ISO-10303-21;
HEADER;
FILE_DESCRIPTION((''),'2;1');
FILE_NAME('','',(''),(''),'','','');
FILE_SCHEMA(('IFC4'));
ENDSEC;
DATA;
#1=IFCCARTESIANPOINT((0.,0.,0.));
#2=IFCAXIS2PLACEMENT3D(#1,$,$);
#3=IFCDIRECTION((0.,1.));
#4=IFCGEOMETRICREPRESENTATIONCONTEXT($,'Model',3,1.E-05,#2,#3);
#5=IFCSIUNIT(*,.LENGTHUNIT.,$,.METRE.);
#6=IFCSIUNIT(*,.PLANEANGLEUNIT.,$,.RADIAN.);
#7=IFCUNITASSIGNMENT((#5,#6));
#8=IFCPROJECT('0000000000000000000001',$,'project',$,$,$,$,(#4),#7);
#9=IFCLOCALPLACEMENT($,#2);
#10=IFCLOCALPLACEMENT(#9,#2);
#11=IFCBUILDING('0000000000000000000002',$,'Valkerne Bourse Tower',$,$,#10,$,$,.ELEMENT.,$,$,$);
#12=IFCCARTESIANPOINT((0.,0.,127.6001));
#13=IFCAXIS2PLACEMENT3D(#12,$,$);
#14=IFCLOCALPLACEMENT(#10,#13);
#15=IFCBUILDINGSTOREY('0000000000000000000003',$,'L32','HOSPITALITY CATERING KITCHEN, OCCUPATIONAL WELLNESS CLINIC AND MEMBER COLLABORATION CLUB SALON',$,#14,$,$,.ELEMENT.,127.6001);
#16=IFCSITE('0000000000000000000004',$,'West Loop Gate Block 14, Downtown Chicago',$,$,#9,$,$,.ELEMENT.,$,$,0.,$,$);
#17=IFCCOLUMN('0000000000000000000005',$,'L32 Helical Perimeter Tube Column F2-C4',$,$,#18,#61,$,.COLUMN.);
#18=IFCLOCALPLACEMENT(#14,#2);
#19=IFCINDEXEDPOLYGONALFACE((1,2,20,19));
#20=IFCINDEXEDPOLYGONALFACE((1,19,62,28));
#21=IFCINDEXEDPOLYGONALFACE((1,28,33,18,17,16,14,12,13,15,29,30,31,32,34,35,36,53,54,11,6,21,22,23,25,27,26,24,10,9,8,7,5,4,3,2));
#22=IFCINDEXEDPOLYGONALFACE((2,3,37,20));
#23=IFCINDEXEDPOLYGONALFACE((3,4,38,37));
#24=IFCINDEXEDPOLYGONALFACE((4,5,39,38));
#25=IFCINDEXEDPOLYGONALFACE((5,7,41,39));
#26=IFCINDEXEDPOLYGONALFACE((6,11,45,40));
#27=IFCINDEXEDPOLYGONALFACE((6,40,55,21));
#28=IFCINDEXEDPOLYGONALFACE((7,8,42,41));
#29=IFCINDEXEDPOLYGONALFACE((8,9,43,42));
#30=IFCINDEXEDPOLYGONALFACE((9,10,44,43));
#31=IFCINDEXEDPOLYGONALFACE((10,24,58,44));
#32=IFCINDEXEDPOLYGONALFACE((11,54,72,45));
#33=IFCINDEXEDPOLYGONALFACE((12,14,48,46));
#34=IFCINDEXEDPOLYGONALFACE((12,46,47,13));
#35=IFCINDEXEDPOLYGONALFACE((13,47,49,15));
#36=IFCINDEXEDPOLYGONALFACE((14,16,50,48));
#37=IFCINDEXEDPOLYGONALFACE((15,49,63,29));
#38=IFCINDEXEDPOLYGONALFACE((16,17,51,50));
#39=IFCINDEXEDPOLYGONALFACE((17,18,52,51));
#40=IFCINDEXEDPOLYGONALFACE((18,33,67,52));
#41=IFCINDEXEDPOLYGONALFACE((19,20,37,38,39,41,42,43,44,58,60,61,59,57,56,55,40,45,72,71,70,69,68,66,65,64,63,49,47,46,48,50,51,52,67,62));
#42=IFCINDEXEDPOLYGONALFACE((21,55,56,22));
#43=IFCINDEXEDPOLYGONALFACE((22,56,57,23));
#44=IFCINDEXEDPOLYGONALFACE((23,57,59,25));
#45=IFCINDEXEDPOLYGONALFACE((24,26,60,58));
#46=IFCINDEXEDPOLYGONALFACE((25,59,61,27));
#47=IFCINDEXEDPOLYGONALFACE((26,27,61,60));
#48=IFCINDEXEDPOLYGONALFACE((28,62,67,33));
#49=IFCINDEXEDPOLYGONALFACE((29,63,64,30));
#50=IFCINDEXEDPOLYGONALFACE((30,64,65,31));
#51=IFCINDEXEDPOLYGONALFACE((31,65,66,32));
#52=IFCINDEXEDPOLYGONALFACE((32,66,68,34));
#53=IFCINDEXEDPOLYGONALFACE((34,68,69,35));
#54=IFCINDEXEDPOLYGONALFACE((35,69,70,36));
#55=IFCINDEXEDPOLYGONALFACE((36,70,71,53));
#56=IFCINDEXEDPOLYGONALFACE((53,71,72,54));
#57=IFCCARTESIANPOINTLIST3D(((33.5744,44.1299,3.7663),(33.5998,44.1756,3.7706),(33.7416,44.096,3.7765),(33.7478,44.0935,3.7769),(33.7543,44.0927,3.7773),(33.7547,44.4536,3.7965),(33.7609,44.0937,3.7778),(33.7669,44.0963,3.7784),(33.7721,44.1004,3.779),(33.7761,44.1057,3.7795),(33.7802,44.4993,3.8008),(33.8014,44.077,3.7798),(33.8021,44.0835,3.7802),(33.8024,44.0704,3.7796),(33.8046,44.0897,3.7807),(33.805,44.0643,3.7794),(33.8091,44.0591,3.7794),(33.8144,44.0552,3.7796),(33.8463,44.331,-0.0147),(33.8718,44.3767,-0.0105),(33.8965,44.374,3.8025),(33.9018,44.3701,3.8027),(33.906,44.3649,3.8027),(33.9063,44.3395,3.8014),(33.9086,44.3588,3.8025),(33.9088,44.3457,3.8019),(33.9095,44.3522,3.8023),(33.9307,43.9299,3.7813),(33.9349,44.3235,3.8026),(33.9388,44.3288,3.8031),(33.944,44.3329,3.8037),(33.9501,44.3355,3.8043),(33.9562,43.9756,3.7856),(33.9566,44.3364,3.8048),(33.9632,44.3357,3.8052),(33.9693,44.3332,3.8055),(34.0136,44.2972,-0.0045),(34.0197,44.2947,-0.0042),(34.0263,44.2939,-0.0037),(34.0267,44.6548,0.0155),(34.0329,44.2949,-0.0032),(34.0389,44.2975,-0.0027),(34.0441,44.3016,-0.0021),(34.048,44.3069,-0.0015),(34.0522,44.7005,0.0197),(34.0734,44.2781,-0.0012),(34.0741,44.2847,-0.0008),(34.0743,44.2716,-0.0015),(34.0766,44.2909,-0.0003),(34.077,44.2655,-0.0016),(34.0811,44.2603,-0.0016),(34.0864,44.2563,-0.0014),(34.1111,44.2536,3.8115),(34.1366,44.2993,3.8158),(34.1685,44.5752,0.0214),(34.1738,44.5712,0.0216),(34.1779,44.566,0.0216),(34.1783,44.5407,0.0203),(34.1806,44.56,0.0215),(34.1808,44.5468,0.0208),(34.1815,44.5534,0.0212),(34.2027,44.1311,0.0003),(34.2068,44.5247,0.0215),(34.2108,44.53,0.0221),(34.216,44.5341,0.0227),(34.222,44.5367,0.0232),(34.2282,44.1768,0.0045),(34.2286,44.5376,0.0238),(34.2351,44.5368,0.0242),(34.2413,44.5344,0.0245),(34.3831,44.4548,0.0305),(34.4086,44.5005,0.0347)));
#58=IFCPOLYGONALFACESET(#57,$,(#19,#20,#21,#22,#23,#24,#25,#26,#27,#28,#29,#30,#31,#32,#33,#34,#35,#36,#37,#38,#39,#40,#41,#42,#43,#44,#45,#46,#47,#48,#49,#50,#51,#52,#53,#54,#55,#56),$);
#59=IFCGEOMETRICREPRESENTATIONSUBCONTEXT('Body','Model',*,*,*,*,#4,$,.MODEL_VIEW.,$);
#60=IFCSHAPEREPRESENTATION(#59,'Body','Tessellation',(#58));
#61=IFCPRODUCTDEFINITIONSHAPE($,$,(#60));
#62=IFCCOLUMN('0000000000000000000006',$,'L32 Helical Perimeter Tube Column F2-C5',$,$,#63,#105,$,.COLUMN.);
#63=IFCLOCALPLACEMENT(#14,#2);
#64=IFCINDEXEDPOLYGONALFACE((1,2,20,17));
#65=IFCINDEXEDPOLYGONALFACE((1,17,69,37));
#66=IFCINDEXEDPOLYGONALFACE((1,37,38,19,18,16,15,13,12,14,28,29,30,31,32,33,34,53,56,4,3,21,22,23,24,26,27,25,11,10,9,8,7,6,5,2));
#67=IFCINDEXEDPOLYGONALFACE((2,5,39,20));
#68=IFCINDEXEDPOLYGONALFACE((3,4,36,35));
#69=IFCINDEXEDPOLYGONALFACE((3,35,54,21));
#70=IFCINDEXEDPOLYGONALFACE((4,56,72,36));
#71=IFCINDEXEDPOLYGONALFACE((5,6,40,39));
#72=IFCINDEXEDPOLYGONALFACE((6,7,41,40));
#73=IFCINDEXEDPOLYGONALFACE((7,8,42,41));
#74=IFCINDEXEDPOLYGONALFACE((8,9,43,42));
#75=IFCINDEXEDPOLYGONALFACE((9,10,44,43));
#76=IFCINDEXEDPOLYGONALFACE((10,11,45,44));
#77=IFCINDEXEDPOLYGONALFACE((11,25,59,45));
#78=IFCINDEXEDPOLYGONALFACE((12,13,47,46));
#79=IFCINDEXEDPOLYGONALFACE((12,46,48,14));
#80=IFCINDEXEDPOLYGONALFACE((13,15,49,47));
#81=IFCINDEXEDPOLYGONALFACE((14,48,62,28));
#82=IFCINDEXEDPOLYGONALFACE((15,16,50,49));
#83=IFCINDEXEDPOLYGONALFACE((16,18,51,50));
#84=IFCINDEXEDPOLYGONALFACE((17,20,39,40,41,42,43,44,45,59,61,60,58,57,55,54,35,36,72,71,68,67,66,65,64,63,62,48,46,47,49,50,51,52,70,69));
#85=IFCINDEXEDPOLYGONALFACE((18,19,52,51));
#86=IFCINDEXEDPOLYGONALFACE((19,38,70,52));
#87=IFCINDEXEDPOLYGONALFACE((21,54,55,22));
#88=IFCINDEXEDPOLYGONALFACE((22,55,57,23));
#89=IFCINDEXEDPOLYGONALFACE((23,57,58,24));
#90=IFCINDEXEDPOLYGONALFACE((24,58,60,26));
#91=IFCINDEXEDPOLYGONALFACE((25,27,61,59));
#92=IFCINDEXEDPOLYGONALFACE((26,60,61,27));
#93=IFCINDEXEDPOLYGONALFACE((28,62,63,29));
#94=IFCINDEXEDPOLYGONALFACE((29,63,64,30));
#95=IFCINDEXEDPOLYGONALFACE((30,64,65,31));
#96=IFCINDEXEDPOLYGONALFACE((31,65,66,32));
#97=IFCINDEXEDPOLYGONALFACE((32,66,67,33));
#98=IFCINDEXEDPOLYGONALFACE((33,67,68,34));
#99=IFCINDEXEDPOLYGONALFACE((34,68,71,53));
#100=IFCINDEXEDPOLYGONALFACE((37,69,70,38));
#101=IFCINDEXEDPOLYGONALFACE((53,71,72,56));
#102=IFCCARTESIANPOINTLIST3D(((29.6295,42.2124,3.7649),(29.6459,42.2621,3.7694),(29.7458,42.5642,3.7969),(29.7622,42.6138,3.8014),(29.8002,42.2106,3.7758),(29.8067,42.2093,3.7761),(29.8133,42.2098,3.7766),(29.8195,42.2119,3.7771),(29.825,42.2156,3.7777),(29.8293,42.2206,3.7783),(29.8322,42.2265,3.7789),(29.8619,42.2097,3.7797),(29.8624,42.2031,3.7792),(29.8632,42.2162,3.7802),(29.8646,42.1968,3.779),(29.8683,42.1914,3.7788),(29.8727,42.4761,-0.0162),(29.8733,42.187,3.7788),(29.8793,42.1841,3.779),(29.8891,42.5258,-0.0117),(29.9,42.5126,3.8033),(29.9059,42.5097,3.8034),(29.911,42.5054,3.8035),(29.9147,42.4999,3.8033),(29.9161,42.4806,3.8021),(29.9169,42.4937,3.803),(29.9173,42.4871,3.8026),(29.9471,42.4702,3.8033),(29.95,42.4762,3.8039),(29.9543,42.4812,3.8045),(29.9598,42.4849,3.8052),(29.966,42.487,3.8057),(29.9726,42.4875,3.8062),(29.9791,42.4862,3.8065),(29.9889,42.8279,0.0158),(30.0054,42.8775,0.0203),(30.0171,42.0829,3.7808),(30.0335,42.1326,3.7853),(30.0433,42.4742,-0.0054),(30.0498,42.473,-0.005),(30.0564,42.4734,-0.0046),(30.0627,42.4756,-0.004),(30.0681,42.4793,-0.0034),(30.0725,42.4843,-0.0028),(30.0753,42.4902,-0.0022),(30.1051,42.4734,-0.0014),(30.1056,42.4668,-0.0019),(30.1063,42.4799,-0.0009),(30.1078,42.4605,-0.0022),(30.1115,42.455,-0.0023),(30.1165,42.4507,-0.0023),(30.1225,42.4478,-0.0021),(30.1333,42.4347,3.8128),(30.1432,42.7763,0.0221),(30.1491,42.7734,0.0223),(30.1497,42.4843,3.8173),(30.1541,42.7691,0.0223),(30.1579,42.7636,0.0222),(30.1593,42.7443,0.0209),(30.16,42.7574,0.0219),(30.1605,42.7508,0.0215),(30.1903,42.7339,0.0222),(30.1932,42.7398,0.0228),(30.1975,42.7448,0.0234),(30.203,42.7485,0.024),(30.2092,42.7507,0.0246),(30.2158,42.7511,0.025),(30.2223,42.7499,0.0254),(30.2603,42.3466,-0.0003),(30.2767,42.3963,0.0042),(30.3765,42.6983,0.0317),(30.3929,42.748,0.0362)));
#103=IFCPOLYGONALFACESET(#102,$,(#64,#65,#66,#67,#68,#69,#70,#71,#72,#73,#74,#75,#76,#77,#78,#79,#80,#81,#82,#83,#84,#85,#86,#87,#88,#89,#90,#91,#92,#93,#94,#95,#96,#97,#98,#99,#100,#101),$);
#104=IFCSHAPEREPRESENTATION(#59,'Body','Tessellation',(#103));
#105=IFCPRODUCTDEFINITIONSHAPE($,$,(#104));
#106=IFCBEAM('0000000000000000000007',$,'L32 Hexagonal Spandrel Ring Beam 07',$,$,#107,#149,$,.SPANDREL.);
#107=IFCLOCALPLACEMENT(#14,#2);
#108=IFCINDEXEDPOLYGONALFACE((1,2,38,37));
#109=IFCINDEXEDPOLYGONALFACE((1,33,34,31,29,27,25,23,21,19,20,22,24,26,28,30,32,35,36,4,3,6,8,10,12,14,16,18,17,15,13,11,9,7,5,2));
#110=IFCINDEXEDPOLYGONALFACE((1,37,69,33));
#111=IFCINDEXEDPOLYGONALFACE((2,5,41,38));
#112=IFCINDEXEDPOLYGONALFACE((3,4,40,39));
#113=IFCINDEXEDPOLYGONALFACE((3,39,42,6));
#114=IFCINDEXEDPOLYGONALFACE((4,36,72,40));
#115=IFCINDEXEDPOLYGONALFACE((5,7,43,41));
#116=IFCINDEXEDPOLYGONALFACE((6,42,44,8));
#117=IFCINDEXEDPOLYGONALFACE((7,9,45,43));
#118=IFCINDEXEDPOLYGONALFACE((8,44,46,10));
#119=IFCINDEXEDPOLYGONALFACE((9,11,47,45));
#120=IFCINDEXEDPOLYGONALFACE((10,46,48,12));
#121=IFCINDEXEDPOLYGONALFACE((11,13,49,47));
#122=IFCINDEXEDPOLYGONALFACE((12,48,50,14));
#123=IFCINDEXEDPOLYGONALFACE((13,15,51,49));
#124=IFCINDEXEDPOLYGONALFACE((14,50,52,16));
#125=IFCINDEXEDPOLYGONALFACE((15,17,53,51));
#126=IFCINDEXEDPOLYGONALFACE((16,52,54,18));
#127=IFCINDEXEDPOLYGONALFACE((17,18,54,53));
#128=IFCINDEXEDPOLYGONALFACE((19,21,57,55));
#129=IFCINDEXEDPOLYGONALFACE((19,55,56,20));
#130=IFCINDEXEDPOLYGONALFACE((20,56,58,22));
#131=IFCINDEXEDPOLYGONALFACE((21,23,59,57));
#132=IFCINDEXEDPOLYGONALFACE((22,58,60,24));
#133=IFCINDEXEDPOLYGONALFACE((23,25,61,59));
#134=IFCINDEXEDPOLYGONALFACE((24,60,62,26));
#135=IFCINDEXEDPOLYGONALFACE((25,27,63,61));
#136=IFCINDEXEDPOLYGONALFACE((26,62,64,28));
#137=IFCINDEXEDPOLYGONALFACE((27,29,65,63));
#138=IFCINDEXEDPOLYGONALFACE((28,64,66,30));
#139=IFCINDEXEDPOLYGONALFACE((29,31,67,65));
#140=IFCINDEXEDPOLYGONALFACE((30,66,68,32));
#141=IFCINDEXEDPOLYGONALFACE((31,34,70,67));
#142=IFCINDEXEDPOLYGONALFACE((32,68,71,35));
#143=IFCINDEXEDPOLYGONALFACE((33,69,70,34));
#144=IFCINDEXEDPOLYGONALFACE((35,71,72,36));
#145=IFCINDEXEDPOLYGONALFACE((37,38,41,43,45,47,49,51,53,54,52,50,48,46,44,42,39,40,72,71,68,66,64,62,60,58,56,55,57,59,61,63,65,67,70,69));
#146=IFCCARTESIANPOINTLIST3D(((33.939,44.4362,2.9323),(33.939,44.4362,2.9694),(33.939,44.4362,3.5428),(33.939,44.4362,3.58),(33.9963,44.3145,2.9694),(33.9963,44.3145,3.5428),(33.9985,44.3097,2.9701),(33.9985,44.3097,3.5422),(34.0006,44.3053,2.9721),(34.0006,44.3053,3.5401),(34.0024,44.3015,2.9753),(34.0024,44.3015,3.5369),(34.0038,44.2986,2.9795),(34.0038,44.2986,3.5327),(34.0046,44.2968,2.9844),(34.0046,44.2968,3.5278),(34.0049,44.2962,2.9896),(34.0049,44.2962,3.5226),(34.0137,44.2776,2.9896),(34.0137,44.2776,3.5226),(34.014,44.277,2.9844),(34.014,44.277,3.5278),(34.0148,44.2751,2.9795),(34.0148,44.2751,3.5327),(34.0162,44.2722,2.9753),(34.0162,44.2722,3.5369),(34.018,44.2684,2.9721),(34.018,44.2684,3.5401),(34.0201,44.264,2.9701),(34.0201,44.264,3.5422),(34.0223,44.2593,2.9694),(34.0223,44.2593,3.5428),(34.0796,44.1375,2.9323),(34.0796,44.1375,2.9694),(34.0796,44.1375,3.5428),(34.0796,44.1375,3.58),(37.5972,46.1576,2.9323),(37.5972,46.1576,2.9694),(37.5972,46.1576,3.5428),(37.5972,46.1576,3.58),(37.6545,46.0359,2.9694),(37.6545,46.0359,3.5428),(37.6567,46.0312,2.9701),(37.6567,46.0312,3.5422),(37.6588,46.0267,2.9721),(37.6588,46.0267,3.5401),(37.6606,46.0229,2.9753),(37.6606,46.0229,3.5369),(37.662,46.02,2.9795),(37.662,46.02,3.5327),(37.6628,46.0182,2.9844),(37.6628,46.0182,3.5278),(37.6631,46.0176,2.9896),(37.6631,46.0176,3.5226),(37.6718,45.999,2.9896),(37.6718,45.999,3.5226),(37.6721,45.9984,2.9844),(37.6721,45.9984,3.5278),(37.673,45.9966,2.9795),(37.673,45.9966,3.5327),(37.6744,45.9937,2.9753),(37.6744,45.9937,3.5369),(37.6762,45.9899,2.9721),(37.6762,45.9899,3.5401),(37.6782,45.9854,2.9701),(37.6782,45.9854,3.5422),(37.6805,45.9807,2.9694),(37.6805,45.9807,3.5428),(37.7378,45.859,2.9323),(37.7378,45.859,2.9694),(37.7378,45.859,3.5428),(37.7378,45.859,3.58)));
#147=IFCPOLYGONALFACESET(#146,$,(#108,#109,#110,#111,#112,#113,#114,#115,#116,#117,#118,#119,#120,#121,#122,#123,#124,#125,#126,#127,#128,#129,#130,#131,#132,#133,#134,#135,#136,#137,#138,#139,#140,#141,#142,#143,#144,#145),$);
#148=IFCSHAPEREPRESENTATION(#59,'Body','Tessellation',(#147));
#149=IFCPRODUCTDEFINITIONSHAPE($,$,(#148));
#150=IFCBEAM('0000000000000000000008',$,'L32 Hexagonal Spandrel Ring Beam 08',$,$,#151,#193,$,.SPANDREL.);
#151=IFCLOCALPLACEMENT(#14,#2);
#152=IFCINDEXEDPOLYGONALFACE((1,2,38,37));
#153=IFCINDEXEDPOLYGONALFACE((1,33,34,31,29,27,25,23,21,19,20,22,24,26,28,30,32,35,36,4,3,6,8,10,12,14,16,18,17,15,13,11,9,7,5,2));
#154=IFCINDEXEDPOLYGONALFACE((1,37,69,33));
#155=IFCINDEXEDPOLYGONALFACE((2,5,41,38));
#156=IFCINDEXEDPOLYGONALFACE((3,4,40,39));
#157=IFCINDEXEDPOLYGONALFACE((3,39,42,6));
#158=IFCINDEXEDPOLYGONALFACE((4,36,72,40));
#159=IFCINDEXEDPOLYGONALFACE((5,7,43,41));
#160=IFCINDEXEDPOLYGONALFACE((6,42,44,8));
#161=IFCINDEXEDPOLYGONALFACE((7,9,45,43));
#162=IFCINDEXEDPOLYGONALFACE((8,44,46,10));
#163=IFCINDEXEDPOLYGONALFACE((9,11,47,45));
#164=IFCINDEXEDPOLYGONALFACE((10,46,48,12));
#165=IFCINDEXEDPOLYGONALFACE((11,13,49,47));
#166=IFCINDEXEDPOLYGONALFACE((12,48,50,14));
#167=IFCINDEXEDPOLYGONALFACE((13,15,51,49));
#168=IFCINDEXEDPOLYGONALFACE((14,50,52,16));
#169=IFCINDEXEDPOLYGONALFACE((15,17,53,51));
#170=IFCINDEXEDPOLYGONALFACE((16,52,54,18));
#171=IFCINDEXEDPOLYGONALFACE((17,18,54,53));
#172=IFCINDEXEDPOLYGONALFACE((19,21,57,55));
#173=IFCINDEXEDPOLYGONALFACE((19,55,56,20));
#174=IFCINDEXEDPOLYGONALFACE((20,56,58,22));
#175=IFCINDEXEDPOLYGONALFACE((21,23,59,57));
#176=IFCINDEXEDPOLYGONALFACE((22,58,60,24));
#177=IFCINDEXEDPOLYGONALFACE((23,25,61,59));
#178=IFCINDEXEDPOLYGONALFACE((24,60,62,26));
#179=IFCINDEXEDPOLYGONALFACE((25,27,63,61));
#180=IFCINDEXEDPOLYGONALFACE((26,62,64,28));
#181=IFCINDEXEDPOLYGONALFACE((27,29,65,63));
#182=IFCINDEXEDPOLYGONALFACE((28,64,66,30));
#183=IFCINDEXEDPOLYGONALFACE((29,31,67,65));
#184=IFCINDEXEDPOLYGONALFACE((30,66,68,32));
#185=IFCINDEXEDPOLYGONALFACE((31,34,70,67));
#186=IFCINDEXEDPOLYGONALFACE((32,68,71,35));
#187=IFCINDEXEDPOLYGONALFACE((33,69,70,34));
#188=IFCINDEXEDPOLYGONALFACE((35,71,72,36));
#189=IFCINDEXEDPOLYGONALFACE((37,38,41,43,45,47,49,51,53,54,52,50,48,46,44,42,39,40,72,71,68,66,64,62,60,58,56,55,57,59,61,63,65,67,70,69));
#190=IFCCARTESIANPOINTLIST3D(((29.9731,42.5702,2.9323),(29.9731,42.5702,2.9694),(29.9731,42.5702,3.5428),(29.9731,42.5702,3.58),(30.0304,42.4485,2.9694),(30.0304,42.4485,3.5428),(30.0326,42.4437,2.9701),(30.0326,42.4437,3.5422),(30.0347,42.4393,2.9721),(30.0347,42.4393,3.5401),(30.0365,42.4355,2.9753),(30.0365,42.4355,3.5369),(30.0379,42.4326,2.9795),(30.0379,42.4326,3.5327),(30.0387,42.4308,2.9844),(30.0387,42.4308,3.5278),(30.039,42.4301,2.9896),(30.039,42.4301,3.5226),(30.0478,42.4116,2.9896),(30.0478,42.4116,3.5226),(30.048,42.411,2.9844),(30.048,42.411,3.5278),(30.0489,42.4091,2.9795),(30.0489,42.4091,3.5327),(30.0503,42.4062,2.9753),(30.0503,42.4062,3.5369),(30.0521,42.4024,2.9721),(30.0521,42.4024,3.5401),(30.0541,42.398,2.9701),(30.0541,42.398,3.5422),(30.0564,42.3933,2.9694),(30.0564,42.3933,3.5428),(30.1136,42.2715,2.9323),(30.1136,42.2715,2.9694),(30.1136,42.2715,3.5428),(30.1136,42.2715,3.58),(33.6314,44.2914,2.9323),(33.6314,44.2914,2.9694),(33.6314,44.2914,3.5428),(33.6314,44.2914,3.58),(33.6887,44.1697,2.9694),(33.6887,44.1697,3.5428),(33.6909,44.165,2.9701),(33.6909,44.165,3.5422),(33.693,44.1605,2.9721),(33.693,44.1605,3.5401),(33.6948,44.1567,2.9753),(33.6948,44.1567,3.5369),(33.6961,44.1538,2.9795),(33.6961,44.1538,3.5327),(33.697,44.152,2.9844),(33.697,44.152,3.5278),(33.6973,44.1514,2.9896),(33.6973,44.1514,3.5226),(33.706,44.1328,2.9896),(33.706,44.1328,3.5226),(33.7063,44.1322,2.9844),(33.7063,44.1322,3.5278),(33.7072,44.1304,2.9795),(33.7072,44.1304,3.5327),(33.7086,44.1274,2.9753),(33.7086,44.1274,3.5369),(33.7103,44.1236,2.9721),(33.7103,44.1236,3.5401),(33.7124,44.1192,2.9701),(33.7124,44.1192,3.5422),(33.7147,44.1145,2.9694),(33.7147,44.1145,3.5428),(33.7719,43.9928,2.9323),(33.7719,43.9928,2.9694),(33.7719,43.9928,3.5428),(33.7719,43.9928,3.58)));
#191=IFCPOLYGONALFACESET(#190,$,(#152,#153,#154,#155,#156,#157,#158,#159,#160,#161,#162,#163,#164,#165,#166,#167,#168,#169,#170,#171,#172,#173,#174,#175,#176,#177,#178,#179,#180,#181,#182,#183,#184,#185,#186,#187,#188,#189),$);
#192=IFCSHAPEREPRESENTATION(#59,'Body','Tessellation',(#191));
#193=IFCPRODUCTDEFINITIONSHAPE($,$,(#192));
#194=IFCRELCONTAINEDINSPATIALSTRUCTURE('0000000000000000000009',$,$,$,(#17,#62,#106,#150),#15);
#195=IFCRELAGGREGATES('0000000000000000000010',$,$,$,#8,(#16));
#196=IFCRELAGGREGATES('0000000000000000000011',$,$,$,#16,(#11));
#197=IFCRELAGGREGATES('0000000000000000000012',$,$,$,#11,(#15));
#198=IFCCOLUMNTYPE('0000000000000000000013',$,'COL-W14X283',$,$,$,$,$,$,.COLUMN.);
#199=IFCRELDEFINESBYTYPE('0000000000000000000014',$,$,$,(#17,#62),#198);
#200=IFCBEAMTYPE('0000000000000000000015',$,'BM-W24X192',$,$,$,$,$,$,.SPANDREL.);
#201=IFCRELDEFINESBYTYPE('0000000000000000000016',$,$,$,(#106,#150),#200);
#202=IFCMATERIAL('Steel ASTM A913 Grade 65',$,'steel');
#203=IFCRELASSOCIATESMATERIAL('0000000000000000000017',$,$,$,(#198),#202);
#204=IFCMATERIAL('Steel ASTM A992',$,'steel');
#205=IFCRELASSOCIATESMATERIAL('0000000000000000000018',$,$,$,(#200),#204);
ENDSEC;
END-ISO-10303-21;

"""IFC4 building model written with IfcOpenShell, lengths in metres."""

from ifc_helpers import new_model, si_unit, direction, frame, origin, origin_2d, place, context, subcontext, project, spatial, i_section, extrude, material, material_profile, profile_set, type_object, element, save


model = new_model("IFC4")

# Units and contexts
model_context = context("Model", 3, precision=1e-05, world=origin(), true_north=direction((0.0, 1.0)))
body_context = subcontext(model_context, "Body", "Model", "MODEL_VIEW")
ifc_project = project(units=[si_unit("LENGTHUNIT", "METRE"), si_unit("PLANEANGLEUNIT", "RADIAN")], contexts=[model_context])

# Site, building, storey
site_placement = place(None, origin())
site = spatial("IfcSite", under=ifc_project, at=site_placement, Name="West Loop Gate Block 14, Downtown Chicago", CompositionType="ELEMENT", RefElevation=0.0)
building_placement = place(site_placement, origin())
building = spatial("IfcBuilding", under=site, at=building_placement, Name="Valkerne Bourse Tower", CompositionType="ELEMENT")
storey_placement = place(building_placement, frame((0.0, 0.0, 127.6001)))
storey = spatial("IfcBuildingStorey", under=building, at=storey_placement, Name="L32", Description="HOSPITALITY CATERING KITCHEN, OCCUPATIONAL WELLNESS CLINIC AND MEMBER COLLABORATION CLUB SALON", CompositionType="ELEMENT", Elevation=127.6001)

# Columns
ifc_material_1 = material(Name="Steel ASTM A913 Grade 65", Category="steel")
ifc_material_profile_1 = material_profile(ifc_material_1, i_section(OverallWidth=0.4089, OverallDepth=0.4243, WebThickness=0.0327, FlangeThickness=0.0525, FilletRadius=0.0254, at=origin_2d()), Name="W14X283")
ifc_profile_set_1 = profile_set([ifc_material_profile_1], Name="Steel ASTM A913 Grade 65")
column_type = type_object("IfcColumnType", Name="COL-W14X283", PredefinedType="COLUMN", material=ifc_profile_set_1)
column_1_placement = place(storey_placement, frame((34.1274, 44.4158, 0.01), z_axis=(-0.071645, -0.052994, 0.996021), x_axis=(-0.871516, 0.488994, -0.036672)))
element("IfcColumn", 1, at=column_1_placement, inside=storey, type_object=column_type, Name="L32 Helical Perimeter Tube Column F2-C4", PredefinedType="COLUMN", context=body_context, shape_type="SweptSolid", body=[
    extrude(i_section(OverallWidth=0.4089, OverallDepth=0.4243, WebThickness=0.0327, FlangeThickness=0.0525, FilletRadius=0.0254, at=origin_2d()), origin(), (0.0, 0.0, 1.0), 3.7961),
])
column_2_placement = place(storey_placement, frame((30.1328, 42.6121, 0.01), z_axis=(-0.064025, -0.069424, 0.995531), x_axis=(-0.947723, 0.316719, -0.038863)))
element("IfcColumn", 2, at=column_2_placement, inside=storey, type_object=column_type, Name="L32 Helical Perimeter Tube Column F2-C5", PredefinedType="COLUMN", context=body_context, shape_type="SweptSolid", body=[
    extrude(i_section(OverallWidth=0.4089, OverallDepth=0.4243, WebThickness=0.0327, FlangeThickness=0.0525, FilletRadius=0.0254, at=origin_2d()), origin(), (0.0, 0.0, 1.0), 3.7981),
])

# Beams
ifc_material_2 = material(Name="Steel ASTM A992", Category="steel")
ifc_material_profile_2 = material_profile(ifc_material_2, i_section(OverallWidth=0.3301, OverallDepth=0.6477, WebThickness=0.0205, FlangeThickness=0.0371, FilletRadius=0.0203, at=origin_2d()), Name="W24X192")
ifc_profile_set_2 = profile_set([ifc_material_profile_2], Name="Steel ASTM A992")
beam_type_1 = type_object("IfcBeamType", Name="BM-W24X192", PredefinedType="SPANDREL", material=ifc_profile_set_2)
for number, where, z_axis, x_axis, name in (
    (3, (37.6675, 46.0083, 3.2561), (-0.904826, -0.425782, 0.0), (0.425782, -0.904826, 0.0), "L32 Hexagonal Spandrel Ring Beam 07"),
    (4, (33.7017, 44.1421, 3.2561), (-0.904849, -0.425733, 0.0), (0.425733, -0.904849, 0.0), "L32 Hexagonal Spandrel Ring Beam 08"),
):
    element("IfcBeam", number, at=place(storey_placement, frame(where, z_axis=z_axis, x_axis=x_axis)), inside=storey, type_object=beam_type_1, Name=name, PredefinedType="SPANDREL", context=body_context, shape_type="SweptSolid", body=[
        extrude(i_section(OverallWidth=0.3301, OverallDepth=0.6477, WebThickness=0.0205, FlangeThickness=0.0371, FilletRadius=0.0203, at=origin_2d()), origin(), (0.0, 0.0, 1.0), 4.043),
    ])

save(model, "model.ifc")
